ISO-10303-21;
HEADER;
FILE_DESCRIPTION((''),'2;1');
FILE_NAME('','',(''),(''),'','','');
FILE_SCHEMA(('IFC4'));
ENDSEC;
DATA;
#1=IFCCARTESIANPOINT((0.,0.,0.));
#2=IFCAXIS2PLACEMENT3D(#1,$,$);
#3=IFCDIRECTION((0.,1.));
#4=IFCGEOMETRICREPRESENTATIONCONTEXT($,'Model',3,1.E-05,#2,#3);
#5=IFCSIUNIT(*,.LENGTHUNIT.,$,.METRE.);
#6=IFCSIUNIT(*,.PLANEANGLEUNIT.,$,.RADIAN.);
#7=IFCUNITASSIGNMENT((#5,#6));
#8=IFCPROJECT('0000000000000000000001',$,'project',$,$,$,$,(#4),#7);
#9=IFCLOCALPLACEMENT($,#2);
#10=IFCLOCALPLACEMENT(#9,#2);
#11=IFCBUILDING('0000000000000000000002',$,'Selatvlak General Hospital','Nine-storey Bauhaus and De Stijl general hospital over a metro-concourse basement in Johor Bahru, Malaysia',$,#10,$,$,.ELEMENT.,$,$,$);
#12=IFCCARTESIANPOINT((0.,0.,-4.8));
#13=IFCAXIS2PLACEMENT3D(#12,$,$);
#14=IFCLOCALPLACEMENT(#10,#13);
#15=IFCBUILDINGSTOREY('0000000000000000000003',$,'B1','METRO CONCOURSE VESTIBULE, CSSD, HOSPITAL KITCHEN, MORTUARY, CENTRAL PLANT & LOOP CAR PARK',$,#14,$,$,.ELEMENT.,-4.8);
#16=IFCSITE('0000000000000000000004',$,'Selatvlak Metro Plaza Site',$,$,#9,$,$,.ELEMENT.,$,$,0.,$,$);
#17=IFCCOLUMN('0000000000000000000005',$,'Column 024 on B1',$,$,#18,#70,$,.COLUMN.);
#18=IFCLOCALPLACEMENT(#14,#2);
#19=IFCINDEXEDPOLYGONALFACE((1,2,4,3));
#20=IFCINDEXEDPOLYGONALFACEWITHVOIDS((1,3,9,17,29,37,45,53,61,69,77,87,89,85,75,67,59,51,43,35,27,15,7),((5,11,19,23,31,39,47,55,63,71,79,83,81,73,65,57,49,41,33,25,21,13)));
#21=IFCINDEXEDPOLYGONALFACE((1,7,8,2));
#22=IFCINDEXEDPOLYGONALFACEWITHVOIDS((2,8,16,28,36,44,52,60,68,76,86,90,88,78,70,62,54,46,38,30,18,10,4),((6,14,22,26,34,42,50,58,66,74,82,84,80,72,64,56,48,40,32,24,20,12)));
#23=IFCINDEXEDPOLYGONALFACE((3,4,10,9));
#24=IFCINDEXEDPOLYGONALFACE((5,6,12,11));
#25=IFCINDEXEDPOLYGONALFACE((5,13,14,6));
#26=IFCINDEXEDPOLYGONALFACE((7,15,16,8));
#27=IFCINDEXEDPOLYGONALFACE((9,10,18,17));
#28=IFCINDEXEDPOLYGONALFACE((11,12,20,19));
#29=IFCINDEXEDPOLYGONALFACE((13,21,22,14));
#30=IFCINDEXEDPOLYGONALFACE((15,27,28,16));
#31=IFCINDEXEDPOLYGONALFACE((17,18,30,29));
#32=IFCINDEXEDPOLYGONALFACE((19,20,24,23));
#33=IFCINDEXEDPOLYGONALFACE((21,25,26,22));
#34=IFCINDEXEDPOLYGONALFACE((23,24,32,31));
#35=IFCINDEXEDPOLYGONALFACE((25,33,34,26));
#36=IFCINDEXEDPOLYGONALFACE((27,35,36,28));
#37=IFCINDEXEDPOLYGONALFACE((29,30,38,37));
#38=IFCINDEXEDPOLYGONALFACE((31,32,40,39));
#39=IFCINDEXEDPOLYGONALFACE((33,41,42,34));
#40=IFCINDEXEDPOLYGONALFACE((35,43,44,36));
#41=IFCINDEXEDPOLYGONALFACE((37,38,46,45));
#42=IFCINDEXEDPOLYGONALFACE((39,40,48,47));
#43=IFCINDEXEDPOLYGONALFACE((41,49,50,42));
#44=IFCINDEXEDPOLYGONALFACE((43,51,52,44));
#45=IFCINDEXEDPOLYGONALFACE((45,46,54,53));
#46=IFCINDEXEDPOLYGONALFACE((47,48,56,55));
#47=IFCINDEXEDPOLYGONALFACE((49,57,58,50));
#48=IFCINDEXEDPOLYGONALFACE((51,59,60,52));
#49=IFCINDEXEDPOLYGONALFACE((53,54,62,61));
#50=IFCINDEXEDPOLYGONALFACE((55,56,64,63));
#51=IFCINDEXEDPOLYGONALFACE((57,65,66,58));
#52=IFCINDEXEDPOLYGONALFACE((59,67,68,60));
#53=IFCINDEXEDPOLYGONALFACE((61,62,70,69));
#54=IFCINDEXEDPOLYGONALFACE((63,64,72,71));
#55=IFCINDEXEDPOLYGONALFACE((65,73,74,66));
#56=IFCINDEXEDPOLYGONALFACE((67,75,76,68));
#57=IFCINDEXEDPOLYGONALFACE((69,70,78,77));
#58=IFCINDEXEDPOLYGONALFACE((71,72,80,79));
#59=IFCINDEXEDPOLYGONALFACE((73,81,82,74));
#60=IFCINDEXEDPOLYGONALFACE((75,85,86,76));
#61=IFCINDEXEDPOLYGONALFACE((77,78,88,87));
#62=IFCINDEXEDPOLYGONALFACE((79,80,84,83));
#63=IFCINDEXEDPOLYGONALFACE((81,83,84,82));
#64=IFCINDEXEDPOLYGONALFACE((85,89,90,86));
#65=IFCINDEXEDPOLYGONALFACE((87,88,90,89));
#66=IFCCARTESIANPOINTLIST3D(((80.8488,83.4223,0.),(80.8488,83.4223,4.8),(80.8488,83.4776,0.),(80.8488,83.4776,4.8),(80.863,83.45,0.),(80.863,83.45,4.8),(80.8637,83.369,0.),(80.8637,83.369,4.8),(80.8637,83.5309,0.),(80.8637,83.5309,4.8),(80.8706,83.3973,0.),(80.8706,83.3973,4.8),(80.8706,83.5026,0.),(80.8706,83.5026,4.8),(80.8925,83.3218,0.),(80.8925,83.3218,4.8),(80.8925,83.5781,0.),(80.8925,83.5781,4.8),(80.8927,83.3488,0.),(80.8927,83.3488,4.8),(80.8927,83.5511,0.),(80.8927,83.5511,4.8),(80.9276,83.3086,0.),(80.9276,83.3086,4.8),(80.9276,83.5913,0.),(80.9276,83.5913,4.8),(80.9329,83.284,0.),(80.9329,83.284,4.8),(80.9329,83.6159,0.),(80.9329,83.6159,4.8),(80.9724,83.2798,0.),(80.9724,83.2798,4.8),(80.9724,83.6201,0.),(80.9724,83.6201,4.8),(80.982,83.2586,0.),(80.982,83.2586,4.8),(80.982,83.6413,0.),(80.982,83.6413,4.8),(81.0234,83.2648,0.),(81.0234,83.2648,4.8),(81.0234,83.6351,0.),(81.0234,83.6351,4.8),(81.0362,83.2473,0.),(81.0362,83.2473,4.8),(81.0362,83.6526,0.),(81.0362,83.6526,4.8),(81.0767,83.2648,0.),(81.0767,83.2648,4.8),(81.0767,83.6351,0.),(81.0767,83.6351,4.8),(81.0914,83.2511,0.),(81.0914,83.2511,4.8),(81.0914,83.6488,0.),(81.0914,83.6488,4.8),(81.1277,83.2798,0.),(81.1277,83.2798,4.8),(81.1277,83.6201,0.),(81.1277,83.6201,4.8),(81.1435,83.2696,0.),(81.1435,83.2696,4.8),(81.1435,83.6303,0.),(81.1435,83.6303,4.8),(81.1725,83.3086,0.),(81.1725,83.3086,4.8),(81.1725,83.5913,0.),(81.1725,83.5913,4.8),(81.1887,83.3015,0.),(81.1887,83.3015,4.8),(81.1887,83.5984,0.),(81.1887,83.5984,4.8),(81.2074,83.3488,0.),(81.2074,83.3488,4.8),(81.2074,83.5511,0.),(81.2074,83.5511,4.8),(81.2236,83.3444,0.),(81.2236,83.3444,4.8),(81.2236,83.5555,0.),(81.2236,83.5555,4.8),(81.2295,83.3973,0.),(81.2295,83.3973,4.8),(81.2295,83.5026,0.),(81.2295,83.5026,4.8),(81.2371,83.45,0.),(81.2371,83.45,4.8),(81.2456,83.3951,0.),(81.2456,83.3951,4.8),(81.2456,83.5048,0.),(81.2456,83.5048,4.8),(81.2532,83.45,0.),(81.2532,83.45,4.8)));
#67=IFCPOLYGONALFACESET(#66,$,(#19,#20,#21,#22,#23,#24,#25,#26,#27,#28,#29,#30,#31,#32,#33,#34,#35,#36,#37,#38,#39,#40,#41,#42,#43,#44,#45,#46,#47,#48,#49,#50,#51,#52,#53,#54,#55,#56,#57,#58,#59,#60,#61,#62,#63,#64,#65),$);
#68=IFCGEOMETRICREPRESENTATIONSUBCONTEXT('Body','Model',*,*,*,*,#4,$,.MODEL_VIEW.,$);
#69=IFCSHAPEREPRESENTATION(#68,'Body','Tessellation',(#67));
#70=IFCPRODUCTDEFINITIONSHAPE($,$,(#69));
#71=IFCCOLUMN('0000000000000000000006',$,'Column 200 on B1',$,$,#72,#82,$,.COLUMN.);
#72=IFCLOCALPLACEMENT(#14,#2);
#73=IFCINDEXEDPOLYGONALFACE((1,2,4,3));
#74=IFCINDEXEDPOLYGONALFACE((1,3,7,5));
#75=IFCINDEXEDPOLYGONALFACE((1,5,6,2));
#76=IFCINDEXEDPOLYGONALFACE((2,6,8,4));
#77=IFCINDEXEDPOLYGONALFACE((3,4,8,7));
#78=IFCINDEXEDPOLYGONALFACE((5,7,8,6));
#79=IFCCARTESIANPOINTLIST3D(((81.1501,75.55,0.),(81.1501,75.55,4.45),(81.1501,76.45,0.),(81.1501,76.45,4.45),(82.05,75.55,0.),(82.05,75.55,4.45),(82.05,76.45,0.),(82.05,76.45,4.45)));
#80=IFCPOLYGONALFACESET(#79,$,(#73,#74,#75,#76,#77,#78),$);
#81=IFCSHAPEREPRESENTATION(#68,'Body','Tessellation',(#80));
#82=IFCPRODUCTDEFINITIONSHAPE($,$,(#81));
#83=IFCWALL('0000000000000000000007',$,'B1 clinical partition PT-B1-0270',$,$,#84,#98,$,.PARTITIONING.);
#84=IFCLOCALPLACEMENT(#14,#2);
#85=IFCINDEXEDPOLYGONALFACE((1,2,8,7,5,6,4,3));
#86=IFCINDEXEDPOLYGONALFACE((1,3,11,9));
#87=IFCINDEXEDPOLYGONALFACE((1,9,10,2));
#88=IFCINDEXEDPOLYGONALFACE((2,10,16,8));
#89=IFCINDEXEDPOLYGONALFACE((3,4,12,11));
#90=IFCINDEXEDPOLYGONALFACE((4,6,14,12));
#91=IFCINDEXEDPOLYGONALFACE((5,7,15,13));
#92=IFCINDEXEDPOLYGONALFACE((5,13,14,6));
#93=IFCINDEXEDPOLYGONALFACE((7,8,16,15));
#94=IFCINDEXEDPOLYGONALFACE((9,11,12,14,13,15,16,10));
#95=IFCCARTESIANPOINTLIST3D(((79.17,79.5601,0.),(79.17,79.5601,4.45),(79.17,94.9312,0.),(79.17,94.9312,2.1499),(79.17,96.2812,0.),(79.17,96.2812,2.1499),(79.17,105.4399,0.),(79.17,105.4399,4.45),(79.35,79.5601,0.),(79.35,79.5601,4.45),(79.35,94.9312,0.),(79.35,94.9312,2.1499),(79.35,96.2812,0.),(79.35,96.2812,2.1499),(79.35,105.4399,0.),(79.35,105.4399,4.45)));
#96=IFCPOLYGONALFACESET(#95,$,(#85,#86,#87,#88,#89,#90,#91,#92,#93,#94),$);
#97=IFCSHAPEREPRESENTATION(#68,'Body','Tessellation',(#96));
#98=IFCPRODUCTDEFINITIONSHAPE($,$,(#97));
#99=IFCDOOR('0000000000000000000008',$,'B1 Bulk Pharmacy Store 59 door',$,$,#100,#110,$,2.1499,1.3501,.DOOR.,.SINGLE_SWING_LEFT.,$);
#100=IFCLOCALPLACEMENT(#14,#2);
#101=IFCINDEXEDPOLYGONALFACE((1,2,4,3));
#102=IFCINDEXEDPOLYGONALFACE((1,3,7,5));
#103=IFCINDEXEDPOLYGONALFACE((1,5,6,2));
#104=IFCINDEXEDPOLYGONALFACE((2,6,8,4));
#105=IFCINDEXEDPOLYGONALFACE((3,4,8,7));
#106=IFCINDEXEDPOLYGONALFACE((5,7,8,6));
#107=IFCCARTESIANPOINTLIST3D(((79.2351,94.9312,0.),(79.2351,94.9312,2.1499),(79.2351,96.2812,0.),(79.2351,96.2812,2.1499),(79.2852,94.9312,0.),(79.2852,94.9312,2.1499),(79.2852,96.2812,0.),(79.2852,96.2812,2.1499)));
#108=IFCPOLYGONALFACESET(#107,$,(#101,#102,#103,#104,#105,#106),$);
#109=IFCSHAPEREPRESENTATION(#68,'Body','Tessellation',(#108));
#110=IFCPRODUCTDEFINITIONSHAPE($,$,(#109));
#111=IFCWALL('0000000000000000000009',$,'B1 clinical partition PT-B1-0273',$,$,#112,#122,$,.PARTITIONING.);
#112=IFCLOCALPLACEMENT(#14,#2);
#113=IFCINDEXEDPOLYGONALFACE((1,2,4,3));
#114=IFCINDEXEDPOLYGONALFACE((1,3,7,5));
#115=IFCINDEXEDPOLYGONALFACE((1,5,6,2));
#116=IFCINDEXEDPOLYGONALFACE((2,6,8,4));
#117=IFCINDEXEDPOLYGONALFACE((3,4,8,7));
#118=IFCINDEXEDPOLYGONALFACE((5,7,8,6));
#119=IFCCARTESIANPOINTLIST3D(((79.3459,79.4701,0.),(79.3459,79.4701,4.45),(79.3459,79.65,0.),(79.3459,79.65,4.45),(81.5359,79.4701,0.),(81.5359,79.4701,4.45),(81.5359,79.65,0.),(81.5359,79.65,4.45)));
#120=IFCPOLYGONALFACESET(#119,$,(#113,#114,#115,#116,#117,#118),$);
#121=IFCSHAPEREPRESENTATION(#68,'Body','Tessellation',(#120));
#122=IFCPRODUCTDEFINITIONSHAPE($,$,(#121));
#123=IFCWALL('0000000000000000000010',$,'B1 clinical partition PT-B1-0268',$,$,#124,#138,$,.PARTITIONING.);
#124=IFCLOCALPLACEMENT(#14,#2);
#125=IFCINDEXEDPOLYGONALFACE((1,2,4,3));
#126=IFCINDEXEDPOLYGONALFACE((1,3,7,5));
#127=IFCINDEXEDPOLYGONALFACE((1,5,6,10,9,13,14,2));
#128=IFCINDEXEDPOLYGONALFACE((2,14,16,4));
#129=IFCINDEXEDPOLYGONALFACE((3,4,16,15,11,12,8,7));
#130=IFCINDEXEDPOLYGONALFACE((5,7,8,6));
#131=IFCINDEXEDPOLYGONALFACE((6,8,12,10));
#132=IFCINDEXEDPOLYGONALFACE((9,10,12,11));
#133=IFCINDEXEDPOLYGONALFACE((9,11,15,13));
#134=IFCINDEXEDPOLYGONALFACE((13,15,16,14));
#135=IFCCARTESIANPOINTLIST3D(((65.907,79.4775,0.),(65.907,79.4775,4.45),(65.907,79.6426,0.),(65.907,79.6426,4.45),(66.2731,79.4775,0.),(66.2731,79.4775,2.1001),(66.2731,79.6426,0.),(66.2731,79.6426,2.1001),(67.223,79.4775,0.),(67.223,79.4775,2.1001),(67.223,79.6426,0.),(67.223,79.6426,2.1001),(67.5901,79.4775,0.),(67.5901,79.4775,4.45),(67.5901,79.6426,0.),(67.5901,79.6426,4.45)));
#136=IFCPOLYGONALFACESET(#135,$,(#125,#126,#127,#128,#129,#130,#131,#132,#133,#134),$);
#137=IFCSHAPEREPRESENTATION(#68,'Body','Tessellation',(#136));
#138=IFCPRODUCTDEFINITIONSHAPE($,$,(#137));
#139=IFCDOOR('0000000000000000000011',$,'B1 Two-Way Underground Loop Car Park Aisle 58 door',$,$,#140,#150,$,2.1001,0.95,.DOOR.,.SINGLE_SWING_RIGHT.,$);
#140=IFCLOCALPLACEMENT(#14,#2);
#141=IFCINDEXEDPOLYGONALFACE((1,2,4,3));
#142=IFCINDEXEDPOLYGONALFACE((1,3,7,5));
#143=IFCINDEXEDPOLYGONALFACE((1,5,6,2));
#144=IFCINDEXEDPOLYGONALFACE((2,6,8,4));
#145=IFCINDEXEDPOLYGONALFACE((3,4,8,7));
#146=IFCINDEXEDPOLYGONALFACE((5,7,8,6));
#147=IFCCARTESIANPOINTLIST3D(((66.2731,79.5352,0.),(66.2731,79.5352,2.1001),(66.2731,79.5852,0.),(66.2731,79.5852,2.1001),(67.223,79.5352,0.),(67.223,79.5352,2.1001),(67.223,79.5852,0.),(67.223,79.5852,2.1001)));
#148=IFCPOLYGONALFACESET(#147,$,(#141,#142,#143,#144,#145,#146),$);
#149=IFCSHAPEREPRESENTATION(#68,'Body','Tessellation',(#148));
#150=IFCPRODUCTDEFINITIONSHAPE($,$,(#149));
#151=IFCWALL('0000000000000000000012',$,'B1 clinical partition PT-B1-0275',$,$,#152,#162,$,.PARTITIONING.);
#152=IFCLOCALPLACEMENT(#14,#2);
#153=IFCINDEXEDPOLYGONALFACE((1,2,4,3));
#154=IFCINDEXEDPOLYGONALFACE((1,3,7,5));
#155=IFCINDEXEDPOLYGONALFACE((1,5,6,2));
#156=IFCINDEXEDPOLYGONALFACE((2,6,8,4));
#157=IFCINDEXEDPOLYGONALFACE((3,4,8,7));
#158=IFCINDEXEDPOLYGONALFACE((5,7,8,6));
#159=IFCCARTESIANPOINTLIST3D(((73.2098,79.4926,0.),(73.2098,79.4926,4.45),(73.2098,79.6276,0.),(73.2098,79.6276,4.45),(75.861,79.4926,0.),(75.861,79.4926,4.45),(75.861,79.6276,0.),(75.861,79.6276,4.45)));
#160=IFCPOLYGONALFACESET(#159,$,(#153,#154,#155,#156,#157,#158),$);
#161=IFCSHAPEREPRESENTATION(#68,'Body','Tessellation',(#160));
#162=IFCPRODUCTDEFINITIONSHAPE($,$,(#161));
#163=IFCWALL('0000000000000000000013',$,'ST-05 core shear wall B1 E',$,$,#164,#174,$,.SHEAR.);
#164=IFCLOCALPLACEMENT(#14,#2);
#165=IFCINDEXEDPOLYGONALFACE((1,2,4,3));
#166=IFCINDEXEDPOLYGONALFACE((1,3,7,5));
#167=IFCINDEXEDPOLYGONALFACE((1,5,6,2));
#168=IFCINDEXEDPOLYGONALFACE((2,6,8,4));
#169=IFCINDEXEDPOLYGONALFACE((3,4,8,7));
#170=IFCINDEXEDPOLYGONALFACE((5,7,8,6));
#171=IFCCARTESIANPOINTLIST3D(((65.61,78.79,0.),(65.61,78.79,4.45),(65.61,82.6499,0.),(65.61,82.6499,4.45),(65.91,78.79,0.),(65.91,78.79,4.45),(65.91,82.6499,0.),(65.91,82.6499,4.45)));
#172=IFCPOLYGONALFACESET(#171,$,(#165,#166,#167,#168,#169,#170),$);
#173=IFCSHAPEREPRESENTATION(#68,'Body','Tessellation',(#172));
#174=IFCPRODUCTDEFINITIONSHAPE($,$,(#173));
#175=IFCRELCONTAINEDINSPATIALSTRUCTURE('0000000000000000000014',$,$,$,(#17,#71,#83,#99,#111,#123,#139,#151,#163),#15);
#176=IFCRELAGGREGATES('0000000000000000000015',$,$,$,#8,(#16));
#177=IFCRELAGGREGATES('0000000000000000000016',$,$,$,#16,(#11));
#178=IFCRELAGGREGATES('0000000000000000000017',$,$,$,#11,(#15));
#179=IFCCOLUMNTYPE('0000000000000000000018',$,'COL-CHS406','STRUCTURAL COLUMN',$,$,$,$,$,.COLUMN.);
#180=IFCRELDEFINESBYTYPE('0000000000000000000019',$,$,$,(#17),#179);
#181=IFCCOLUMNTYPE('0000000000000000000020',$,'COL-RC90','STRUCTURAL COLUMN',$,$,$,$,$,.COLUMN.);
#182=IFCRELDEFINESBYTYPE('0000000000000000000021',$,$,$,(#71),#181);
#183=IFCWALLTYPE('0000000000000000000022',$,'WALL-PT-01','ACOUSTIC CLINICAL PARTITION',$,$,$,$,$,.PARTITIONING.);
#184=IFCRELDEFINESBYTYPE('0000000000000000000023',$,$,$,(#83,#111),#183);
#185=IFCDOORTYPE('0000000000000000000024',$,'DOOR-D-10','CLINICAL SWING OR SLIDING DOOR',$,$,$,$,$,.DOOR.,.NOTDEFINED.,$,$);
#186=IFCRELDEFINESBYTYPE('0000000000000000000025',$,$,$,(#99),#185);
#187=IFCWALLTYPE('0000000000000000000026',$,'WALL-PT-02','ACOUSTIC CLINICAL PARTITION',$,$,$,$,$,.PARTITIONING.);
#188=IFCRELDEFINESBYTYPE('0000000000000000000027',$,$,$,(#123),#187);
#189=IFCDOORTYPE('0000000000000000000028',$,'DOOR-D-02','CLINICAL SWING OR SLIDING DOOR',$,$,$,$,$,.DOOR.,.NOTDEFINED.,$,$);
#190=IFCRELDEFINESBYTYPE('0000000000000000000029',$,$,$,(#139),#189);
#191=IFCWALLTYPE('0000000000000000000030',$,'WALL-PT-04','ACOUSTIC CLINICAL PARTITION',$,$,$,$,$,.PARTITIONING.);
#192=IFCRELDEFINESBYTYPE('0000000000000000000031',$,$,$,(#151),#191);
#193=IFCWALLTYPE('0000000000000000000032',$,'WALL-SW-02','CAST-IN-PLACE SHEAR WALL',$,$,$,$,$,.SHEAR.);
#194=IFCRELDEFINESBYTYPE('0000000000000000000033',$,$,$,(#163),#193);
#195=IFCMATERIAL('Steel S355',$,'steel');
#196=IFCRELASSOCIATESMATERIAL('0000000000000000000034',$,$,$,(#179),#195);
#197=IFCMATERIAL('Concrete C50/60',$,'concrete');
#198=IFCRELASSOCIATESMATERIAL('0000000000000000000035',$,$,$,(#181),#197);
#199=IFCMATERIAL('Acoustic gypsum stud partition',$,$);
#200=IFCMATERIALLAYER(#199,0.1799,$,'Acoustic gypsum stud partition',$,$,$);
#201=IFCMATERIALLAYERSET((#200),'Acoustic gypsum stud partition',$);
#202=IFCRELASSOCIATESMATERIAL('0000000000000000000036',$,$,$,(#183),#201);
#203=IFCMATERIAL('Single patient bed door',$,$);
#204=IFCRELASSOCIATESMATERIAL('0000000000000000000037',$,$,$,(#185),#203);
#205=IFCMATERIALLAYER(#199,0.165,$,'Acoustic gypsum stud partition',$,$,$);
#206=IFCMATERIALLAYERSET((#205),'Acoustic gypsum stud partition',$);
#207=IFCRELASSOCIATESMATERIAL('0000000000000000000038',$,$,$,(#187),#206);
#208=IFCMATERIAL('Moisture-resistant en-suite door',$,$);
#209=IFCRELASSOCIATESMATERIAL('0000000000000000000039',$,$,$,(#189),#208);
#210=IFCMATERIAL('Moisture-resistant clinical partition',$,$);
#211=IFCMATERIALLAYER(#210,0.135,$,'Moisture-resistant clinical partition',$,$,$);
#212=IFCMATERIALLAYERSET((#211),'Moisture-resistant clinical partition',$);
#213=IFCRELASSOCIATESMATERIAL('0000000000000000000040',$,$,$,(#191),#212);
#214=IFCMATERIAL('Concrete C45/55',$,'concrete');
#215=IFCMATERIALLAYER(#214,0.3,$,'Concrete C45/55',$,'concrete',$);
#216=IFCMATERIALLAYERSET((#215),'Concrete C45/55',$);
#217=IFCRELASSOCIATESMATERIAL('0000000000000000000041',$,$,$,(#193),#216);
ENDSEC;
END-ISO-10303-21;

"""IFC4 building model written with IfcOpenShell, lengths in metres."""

from ifc_helpers import new_model, si_unit, direction, frame, frame_2d, origin, origin_2d, place, context, subcontext, project, spatial, rectangle, hollow_circle, extrude, material, layer, layer_set, material_profile, profile_set, type_object, element, fill, save


model = new_model("IFC4")

# Units and contexts
model_context = context("Model", 3, precision=1e-05, world=origin(), true_north=direction((0.0, 1.0)))
body_context = subcontext(model_context, "Body", "Model", "MODEL_VIEW")
ifc_project = project(units=[si_unit("LENGTHUNIT", "METRE"), si_unit("PLANEANGLEUNIT", "RADIAN")], contexts=[model_context])

# Site, building, storey
site_placement = place(None, origin())
site = spatial("IfcSite", under=ifc_project, at=site_placement, Name="Selatvlak Metro Plaza Site", CompositionType="ELEMENT", RefElevation=0.0)
building_placement = place(site_placement, origin())
building = spatial("IfcBuilding", under=site, at=building_placement, Name="Selatvlak General Hospital", Description="Nine-storey Bauhaus and De Stijl general hospital over a metro-concourse basement in Johor Bahru, Malaysia", CompositionType="ELEMENT")
storey_placement = place(building_placement, frame((0.0, 0.0, -4.8)))
storey = spatial("IfcBuildingStorey", under=building, at=storey_placement, Name="B1", Description="METRO CONCOURSE VESTIBULE, CSSD, HOSPITAL KITCHEN, MORTUARY, CENTRAL PLANT & LOOP CAR PARK", CompositionType="ELEMENT", Elevation=-4.8)

# Columns
ifc_material_1 = material(Name="Steel S355", Category="steel")
ifc_material_profile_1 = material_profile(ifc_material_1, hollow_circle(Radius=0.2031, WallThickness=0.0161, at=origin_2d()), Name="CHS 406.4x16")
ifc_profile_set_1 = profile_set([ifc_material_profile_1], Name="Steel S355")
column_type_1 = type_object("IfcColumnType", Name="COL-CHS406", Description="STRUCTURAL COLUMN", PredefinedType="COLUMN", material=ifc_profile_set_1)
for number, where, z_axis, x_axis, name in (
    (1, (81.05, 83.45, 0.0), (0.0, 0.0, 1.0), (1.0, 0.0, 0.0), "Column 024 on B1"),
):
    element("IfcColumn", number, at=place(storey_placement, frame(where, z_axis=z_axis, x_axis=x_axis)), inside=storey, type_object=column_type_1, Name=name, PredefinedType="COLUMN", context=body_context, shape_type="SweptSolid", body=[
        extrude(hollow_circle(Radius=0.2031, WallThickness=0.0161, at=origin_2d()), origin(), (0.0, 0.0, 1.0), 4.8),
    ])
ifc_material_2 = material(Name="Concrete C50/60", Category="concrete")
ifc_material_profile_2 = material_profile(ifc_material_2, rectangle(XDim=0.8999, YDim=0.8999, at=origin_2d()), Name="RC-COL 900x900")
ifc_profile_set_2 = profile_set([ifc_material_profile_2], Name="Concrete C50/60")
column_type_2 = type_object("IfcColumnType", Name="COL-RC90", Description="STRUCTURAL COLUMN", PredefinedType="COLUMN", material=ifc_profile_set_2)
column_placement = place(storey_placement, frame((81.6001, 76.0, 0.0), z_axis=(0.0, 0.0, 1.0), x_axis=(1.0, 0.0, 0.0)))
element("IfcColumn", 2, at=column_placement, inside=storey, type_object=column_type_2, Name="Column 200 on B1", PredefinedType="COLUMN", context=body_context, shape_type="SweptSolid", body=[
    extrude(rectangle(XDim=0.8999, YDim=0.8999, at=origin_2d()), origin(), (0.0, 0.0, 1.0), 4.45),
])

# Wall, opening, door
ifc_material_3 = material(Name="Acoustic gypsum stud partition")
ifc_layer_1 = layer(ifc_material_3, 0.1799, Name="Acoustic gypsum stud partition")
ifc_layer_set_1 = layer_set([ifc_layer_1], Name="Acoustic gypsum stud partition")
wall_type_1 = type_object("IfcWallType", Name="WALL-PT-01", Description="ACOUSTIC CLINICAL PARTITION", PredefinedType="PARTITIONING", material=ifc_layer_set_1)
wall_1_placement = place(storey_placement, frame((79.26, 79.5601, 0.0), z_axis=(0.0, 0.0, 1.0), x_axis=(0.0, 1.0, 0.0)))
wall_1 = element("IfcWall", 3, at=wall_1_placement, inside=storey, type_object=wall_type_1, Name="B1 clinical partition PT-B1-0270", PredefinedType="PARTITIONING", context=body_context, shape_type="SweptSolid", body=[
    extrude(rectangle(XDim=25.8799, YDim=0.1799, at=frame_2d((12.9399, 0.0))), origin(), (0.0, 0.0, 1.0), 4.45),
])
opening_1_placement = place(wall_1_placement, frame((15.3711, 0.0, 0.0)))
opening_1 = element("IfcOpeningElement", 4, at=opening_1_placement, cuts=wall_1, PredefinedType="OPENING", context=body_context, shape_type="SweptSolid", body=[
    extrude(rectangle(XDim=1.3501, YDim=2.1499, at=frame_2d((0.675, 1.075))), frame((0.0, 0.0999, 0.0), z_axis=(0.0, -1.0, 0.0), x_axis=(1.0, 0.0, 0.0)), (0.0, 0.0, 1.0), 0.2),
])
ifc_material_4 = material(Name="Single patient bed door")
door_type_1 = type_object("IfcDoorType", Name="DOOR-D-10", Description="CLINICAL SWING OR SLIDING DOOR", OperationType="NOTDEFINED", PredefinedType="DOOR", material=ifc_material_4)
door_1_placement = place(opening_1_placement, origin())
door_1 = element("IfcDoor", 5, at=door_1_placement, inside=storey, type_object=door_type_1, Name="B1 Bulk Pharmacy Store 59 door", OperationType="SINGLE_SWING_LEFT", OverallHeight=2.1499, OverallWidth=1.3501, PredefinedType="DOOR", context=body_context, shape_type="SweptSolid", body=[
    extrude(rectangle(XDim=1.3501, YDim=2.1499, at=frame_2d((0.675, 1.075))), frame((0.0, 0.0249, 0.0), z_axis=(0.0, -1.0, 0.0), x_axis=(1.0, 0.0, 0.0)), (0.0, 0.0, 1.0), 0.05),
])
fill(opening_1, door_1)

# Wall
wall_2_placement = place(storey_placement, frame((81.5359, 79.5601, 0.0), z_axis=(0.0, 0.0, 1.0), x_axis=(-1.0, 0.0, 0.0)))
element("IfcWall", 6, at=wall_2_placement, inside=storey, type_object=wall_type_1, Name="B1 clinical partition PT-B1-0273", PredefinedType="PARTITIONING", context=body_context, shape_type="SweptSolid", body=[
    extrude(rectangle(XDim=2.1899, YDim=0.1799, at=frame_2d((1.095, 0.0))), origin(), (0.0, 0.0, 1.0), 4.45),
])

# Wall, opening, door
ifc_layer_2 = layer(ifc_material_3, 0.165, Name="Acoustic gypsum stud partition")
ifc_layer_set_2 = layer_set([ifc_layer_2], Name="Acoustic gypsum stud partition")
wall_type_2 = type_object("IfcWallType", Name="WALL-PT-02", Description="ACOUSTIC CLINICAL PARTITION", PredefinedType="PARTITIONING", material=ifc_layer_set_2)
wall_3_placement = place(storey_placement, frame((67.5901, 79.5601, 0.0), z_axis=(0.0, 0.0, 1.0), x_axis=(-1.0, 0.0, 0.0)))
wall_3 = element("IfcWall", 7, at=wall_3_placement, inside=storey, type_object=wall_type_2, Name="B1 clinical partition PT-B1-0268", PredefinedType="PARTITIONING", context=body_context, shape_type="SweptSolid", body=[
    extrude(rectangle(XDim=1.6831, YDim=0.165, at=frame_2d((0.8416, 0.0))), origin(), (0.0, 0.0, 1.0), 4.45),
])
opening_2_placement = place(wall_3_placement, frame((0.3669, 0.0, 0.0)))
opening_2 = element("IfcOpeningElement", 8, at=opening_2_placement, cuts=wall_3, PredefinedType="OPENING", context=body_context, shape_type="SweptSolid", body=[
    extrude(rectangle(XDim=0.95, YDim=2.1001, at=frame_2d((0.4751, 1.05))), frame((0.0, 0.0925, 0.0), z_axis=(0.0, -1.0, 0.0), x_axis=(1.0, 0.0, 0.0)), (0.0, 0.0, 1.0), 0.1851),
])
ifc_material_5 = material(Name="Moisture-resistant en-suite door")
door_type_2 = type_object("IfcDoorType", Name="DOOR-D-02", Description="CLINICAL SWING OR SLIDING DOOR", OperationType="NOTDEFINED", PredefinedType="DOOR", material=ifc_material_5)
door_2_placement = place(opening_2_placement, origin())
door_2 = element("IfcDoor", 9, at=door_2_placement, inside=storey, type_object=door_type_2, Name="B1 Two-Way Underground Loop Car Park Aisle 58 door", OperationType="SINGLE_SWING_RIGHT", OverallHeight=2.1001, OverallWidth=0.95, PredefinedType="DOOR", context=body_context, shape_type="SweptSolid", body=[
    extrude(rectangle(XDim=0.95, YDim=2.1001, at=frame_2d((0.4751, 1.05))), frame((0.0, 0.0249, 0.0), z_axis=(0.0, -1.0, 0.0), x_axis=(1.0, 0.0, 0.0)), (0.0, 0.0, 1.0), 0.05),
])
fill(opening_2, door_2)

# Walls
ifc_material_6 = material(Name="Moisture-resistant clinical partition")
ifc_layer_3 = layer(ifc_material_6, 0.135, Name="Moisture-resistant clinical partition")
ifc_layer_set_3 = layer_set([ifc_layer_3], Name="Moisture-resistant clinical partition")
wall_type_3 = type_object("IfcWallType", Name="WALL-PT-04", Description="ACOUSTIC CLINICAL PARTITION", PredefinedType="PARTITIONING", material=ifc_layer_set_3)
wall_4_placement = place(storey_placement, frame((75.8611, 79.5601, 0.0), z_axis=(0.0, 0.0, 1.0), x_axis=(-1.0, 0.0, 0.0)))
element("IfcWall", 10, at=wall_4_placement, inside=storey, type_object=wall_type_3, Name="B1 clinical partition PT-B1-0275", PredefinedType="PARTITIONING", context=body_context, shape_type="SweptSolid", body=[
    extrude(rectangle(XDim=2.6511, YDim=0.135, at=frame_2d((1.3257, 0.0))), origin(), (0.0, 0.0, 1.0), 4.45),
])
ifc_material_7 = material(Name="Concrete C45/55", Category="concrete")
ifc_layer_4 = layer(ifc_material_7, 0.3, Name="Concrete C45/55", Category="concrete")
ifc_layer_set_4 = layer_set([ifc_layer_4], Name="Concrete C45/55")
wall_type_4 = type_object("IfcWallType", Name="WALL-SW-02", Description="CAST-IN-PLACE SHEAR WALL", PredefinedType="SHEAR", material=ifc_layer_set_4)
wall_5_placement = place(storey_placement, frame((65.76, 78.79, 0.0), z_axis=(0.0, 0.0, 1.0), x_axis=(0.0, 1.0, 0.0)))
element("IfcWall", 11, at=wall_5_placement, inside=storey, type_object=wall_type_4, Name="ST-05 core shear wall B1 E", PredefinedType="SHEAR", context=body_context, shape_type="SweptSolid", body=[
    extrude(rectangle(XDim=3.8599, YDim=0.3, at=frame_2d((1.9299, 0.0))), origin(), (0.0, 0.0, 1.0), 4.45),
])

save(model, "model.ifc")
